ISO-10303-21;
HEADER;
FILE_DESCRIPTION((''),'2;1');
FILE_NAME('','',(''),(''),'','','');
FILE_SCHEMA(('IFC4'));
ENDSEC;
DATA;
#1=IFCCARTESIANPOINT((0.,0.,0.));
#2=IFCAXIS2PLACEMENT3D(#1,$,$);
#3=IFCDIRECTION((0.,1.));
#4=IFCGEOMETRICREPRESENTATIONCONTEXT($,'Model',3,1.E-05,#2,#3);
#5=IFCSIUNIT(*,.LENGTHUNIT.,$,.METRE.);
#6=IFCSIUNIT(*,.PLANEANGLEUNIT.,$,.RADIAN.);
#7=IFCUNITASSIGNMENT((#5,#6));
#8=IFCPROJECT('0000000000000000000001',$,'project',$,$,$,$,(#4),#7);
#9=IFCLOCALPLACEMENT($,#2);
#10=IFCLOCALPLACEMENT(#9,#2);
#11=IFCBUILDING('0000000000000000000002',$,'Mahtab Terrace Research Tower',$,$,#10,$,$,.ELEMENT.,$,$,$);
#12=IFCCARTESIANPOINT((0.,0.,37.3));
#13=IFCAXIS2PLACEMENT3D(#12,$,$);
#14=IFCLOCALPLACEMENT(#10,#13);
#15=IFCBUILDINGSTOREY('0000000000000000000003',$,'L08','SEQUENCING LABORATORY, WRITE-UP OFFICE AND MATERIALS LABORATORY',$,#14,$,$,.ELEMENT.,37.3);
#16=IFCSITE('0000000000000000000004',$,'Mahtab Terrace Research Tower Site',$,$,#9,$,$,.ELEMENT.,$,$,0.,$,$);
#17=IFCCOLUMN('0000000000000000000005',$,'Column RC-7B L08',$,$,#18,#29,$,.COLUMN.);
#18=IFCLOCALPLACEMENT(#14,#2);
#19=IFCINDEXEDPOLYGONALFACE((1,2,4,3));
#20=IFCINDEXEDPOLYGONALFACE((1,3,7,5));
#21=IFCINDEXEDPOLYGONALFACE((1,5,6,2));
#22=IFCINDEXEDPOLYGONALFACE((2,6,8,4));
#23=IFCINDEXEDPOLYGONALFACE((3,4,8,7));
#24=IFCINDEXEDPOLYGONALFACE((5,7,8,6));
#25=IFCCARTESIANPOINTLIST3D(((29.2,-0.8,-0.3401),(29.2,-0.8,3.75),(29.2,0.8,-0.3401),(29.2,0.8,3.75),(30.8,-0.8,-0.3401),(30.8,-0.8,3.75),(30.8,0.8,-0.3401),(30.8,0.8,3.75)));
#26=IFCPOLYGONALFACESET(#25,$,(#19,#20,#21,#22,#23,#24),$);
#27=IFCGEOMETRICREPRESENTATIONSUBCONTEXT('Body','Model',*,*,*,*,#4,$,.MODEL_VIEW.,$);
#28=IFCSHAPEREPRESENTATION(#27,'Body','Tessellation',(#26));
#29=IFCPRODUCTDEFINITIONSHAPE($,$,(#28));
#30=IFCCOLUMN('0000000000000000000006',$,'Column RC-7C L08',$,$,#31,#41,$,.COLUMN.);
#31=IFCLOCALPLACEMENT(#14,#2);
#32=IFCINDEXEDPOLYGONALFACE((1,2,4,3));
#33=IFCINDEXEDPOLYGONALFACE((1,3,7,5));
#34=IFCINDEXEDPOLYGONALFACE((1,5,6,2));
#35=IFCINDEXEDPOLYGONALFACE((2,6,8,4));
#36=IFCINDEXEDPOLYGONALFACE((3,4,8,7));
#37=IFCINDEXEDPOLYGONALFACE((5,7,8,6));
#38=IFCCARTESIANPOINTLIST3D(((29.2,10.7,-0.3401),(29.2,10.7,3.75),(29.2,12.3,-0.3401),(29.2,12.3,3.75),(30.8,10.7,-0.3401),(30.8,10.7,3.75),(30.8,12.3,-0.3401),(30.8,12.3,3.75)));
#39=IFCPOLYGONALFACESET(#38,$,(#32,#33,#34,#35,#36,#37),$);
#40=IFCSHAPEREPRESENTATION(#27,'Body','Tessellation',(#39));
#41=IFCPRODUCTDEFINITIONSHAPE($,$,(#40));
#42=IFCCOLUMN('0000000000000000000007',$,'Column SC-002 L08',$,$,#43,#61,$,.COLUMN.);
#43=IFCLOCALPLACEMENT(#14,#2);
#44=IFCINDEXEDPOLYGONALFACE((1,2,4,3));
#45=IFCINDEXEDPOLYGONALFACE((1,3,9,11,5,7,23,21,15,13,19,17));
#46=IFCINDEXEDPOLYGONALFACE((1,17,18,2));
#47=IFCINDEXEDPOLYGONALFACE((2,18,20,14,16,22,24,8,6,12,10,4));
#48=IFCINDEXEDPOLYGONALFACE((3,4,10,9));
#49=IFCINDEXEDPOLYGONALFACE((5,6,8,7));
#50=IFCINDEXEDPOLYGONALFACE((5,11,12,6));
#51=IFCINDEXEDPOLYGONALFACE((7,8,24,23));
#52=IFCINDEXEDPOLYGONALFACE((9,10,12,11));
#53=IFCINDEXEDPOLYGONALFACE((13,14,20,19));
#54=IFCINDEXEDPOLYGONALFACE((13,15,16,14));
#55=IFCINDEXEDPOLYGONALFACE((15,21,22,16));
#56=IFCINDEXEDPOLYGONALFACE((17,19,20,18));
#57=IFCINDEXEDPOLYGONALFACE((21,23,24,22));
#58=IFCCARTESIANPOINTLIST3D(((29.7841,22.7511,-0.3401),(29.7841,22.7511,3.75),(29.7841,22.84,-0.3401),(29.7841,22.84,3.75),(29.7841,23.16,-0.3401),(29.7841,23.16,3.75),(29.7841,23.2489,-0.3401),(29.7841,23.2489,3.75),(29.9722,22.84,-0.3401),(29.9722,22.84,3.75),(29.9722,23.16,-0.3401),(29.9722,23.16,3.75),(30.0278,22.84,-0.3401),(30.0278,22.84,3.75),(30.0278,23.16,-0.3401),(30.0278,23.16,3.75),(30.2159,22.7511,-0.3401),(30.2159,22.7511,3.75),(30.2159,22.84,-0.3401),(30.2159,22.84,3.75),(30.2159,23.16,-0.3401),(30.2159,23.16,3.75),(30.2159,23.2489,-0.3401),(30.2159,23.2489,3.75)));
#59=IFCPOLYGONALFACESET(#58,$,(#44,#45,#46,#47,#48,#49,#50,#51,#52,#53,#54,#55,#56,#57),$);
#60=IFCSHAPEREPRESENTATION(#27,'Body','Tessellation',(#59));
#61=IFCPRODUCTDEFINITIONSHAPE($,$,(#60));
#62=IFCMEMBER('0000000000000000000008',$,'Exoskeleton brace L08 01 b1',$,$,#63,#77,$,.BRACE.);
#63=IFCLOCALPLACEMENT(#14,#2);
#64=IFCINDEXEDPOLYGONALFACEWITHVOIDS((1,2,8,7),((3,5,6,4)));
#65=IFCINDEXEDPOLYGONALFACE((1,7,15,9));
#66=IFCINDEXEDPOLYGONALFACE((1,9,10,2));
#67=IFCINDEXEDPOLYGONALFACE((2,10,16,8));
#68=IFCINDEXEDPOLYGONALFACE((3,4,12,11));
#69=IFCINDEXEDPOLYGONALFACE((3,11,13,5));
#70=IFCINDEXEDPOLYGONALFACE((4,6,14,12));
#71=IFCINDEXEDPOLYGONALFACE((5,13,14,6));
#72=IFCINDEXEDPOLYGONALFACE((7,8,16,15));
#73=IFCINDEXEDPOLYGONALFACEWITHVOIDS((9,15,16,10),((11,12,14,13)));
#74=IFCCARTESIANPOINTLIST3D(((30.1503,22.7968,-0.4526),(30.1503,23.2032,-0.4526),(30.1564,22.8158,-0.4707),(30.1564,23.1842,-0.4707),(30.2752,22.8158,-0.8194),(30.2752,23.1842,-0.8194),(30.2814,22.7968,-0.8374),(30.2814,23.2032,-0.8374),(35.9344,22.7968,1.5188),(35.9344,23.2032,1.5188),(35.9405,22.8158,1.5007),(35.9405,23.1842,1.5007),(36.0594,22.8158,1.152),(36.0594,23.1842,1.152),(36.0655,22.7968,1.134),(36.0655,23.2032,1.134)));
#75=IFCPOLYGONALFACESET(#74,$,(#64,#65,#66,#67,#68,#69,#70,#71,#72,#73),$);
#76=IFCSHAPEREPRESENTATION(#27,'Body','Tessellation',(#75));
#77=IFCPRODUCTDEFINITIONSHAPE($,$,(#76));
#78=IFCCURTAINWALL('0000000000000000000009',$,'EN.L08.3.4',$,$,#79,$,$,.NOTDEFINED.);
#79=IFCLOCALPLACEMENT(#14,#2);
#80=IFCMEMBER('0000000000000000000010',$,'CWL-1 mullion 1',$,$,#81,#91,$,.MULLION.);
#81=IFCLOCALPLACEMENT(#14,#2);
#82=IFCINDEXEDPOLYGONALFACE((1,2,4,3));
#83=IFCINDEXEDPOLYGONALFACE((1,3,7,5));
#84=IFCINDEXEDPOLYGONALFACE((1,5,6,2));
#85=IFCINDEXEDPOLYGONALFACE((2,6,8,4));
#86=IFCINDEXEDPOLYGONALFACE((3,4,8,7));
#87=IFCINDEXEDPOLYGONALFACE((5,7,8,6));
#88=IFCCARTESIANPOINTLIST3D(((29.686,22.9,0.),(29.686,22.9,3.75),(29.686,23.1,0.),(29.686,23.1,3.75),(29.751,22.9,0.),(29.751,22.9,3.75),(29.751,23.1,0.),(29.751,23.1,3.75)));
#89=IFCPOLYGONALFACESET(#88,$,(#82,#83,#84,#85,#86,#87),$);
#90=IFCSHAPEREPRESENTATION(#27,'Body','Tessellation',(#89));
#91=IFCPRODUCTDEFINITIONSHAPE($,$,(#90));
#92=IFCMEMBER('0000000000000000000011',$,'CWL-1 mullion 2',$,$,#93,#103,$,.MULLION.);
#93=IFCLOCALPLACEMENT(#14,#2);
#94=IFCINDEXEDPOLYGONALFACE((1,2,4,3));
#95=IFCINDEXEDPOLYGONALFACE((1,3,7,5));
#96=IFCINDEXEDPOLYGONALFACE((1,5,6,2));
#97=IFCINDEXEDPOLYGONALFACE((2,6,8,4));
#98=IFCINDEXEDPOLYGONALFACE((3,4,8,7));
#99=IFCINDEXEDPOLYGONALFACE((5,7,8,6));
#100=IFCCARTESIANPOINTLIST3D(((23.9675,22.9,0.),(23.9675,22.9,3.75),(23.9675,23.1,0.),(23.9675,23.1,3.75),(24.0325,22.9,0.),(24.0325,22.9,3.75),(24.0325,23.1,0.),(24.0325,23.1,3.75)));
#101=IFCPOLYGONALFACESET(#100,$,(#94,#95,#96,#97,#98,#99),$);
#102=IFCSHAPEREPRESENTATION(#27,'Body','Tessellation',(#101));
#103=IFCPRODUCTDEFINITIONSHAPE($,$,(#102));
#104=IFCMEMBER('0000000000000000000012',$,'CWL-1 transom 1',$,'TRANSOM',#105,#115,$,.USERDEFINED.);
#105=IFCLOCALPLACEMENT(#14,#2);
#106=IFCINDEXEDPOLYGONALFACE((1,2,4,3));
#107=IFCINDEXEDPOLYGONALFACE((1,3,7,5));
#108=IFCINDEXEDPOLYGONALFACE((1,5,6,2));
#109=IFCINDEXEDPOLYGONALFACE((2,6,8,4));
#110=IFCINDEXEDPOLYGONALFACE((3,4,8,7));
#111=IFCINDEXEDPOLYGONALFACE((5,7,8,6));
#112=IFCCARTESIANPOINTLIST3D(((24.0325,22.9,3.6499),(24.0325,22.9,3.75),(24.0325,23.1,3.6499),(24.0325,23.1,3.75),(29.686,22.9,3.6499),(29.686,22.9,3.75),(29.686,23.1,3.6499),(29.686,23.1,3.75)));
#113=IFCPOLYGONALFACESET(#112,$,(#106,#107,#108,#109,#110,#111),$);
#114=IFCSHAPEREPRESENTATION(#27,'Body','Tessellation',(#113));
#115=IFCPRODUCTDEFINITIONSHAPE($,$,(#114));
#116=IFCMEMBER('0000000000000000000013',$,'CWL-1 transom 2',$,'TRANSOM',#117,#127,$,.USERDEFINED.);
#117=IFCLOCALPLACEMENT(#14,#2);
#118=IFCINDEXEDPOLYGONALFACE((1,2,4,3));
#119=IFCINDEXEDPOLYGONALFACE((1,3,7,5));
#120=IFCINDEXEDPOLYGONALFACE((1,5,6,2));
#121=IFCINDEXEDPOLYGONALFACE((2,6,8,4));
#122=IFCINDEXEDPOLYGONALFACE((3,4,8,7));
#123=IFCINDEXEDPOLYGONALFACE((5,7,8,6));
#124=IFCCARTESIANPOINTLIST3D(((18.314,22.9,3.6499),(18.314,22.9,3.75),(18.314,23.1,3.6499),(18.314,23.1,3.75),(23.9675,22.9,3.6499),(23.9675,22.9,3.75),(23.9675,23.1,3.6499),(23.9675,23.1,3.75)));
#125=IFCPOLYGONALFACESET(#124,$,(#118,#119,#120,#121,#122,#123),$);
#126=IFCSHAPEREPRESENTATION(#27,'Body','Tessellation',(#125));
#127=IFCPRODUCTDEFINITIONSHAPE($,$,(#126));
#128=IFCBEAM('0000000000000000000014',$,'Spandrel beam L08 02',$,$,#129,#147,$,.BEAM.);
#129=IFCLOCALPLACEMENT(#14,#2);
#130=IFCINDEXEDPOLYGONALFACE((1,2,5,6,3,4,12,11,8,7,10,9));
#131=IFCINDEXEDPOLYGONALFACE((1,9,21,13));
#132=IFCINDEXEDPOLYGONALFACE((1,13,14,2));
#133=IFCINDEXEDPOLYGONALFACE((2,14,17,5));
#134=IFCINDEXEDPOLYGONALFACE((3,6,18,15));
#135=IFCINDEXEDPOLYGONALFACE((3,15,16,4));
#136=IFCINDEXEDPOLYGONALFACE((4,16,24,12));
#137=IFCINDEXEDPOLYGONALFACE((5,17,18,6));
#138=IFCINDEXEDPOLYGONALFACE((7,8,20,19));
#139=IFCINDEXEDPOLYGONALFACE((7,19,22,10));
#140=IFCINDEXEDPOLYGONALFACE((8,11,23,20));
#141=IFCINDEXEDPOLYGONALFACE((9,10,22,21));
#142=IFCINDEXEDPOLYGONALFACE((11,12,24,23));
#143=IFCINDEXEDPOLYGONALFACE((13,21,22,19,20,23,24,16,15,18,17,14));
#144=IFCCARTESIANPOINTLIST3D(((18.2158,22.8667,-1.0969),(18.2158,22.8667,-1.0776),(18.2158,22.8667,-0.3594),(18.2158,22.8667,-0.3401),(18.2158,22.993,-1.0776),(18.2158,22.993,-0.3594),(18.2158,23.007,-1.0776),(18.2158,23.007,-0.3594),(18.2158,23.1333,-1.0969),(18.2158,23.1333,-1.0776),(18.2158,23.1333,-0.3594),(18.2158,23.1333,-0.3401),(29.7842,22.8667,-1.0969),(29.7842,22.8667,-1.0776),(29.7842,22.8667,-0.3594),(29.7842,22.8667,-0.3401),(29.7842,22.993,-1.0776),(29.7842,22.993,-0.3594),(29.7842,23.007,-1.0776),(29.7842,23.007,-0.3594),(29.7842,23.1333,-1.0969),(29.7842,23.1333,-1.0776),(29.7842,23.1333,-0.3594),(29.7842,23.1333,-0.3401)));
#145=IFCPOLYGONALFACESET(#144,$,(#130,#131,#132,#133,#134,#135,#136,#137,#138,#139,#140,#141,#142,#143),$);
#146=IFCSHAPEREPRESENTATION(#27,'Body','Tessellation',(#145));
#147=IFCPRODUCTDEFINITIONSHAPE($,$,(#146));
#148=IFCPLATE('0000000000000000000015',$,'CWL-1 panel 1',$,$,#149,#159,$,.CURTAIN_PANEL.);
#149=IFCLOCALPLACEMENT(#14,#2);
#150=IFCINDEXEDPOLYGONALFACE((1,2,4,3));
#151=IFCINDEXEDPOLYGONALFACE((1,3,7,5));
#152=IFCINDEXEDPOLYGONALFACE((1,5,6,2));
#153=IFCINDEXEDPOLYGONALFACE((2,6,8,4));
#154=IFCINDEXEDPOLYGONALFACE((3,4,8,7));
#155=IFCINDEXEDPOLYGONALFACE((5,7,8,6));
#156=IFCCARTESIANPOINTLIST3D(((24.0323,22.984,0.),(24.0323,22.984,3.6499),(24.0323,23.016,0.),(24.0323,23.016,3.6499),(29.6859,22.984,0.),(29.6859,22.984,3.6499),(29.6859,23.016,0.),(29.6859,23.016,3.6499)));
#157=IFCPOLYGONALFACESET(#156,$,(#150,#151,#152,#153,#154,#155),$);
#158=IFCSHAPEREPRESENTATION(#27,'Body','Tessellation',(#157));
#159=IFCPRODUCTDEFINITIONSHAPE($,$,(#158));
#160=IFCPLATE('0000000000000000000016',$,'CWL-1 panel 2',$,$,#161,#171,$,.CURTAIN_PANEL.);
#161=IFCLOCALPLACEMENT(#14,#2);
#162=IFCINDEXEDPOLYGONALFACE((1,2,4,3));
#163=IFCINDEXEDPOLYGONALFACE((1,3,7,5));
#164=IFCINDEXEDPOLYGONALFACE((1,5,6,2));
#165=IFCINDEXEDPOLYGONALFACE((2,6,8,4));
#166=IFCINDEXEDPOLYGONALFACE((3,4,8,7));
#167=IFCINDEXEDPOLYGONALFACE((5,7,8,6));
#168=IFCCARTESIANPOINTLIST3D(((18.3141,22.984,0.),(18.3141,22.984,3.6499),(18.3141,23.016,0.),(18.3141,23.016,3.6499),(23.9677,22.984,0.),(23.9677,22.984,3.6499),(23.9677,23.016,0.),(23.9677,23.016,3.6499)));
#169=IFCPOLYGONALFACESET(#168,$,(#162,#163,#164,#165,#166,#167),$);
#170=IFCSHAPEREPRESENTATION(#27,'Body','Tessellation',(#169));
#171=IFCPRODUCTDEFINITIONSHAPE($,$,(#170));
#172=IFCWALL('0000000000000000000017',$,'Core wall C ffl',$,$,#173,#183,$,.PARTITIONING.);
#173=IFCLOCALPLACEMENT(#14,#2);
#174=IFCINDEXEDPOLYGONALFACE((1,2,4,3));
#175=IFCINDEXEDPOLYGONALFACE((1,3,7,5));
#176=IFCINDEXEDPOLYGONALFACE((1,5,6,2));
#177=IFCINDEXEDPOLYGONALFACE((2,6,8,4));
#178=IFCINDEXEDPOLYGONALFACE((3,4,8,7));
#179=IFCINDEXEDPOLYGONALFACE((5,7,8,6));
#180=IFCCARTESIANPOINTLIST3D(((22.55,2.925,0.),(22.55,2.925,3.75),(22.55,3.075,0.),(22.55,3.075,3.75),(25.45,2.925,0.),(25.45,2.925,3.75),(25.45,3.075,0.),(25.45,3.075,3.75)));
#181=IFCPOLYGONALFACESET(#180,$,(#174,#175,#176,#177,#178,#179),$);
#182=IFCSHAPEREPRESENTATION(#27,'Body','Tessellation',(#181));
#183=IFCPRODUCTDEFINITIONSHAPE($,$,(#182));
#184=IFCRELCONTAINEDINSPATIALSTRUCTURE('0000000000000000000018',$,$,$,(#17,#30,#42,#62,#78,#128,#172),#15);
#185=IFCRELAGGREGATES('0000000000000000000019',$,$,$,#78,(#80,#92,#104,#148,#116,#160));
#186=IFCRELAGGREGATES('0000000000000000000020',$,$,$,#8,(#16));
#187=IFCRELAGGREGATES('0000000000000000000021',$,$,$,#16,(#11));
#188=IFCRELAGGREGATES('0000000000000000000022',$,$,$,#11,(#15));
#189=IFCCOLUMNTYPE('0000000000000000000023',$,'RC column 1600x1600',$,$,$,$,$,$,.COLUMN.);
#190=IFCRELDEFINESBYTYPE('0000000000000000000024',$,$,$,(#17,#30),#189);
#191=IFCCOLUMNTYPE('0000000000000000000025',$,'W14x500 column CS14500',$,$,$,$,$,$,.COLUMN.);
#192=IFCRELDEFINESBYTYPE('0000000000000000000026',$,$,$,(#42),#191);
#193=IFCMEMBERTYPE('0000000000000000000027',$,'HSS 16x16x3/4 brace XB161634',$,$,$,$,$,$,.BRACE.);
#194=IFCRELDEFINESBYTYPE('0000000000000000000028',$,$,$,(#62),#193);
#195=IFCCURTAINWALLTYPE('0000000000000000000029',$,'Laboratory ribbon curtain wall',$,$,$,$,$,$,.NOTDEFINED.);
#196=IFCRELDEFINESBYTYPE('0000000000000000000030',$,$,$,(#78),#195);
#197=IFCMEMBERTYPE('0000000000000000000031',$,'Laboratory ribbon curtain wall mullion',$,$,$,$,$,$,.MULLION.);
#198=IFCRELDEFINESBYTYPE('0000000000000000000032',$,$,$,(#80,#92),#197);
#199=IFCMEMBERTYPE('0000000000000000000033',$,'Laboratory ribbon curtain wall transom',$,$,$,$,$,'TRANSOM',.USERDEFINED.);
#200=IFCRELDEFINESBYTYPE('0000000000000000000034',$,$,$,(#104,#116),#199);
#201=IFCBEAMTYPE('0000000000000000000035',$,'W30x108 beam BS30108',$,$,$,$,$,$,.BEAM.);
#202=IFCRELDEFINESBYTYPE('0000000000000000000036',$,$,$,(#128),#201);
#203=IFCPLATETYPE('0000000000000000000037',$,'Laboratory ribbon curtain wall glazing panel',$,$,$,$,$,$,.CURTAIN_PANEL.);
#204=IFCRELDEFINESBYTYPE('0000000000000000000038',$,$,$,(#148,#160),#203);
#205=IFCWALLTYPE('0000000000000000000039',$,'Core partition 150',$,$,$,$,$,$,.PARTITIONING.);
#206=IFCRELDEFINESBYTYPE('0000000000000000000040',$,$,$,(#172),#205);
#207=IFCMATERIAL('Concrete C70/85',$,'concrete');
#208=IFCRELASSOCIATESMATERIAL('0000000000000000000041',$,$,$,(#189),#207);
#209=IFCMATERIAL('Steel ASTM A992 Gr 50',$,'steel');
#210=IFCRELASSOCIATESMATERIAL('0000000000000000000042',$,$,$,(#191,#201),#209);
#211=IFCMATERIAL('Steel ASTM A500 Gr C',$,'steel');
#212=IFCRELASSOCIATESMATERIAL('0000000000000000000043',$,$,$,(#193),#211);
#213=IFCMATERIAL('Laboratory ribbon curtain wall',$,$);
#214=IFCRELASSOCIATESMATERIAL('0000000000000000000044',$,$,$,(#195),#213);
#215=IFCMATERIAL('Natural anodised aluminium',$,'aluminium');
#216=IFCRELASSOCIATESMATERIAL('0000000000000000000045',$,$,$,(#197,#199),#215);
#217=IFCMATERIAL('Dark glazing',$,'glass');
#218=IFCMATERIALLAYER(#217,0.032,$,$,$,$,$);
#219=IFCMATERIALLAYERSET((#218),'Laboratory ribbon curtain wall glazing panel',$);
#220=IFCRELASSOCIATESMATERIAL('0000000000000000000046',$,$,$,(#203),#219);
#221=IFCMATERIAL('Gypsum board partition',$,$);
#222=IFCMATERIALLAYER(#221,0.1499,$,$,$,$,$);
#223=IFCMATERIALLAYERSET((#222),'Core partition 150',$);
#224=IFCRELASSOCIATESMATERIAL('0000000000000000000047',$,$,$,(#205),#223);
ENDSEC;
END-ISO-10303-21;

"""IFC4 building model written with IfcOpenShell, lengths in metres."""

from ifc_helpers import new_model, si_unit, direction, frame, frame_2d, origin, origin_2d, place, context, subcontext, project, spatial, rectangle, hollow_rectangle, i_section, extrude, material, layer, layer_set, material_profile, profile_set, type_object, element, aggregate, save


model = new_model("IFC4")

# Units and contexts
model_context = context("Model", 3, precision=1e-05, world=origin(), true_north=direction((0.0, 1.0)))
body_context = subcontext(model_context, "Body", "Model", "MODEL_VIEW")
ifc_project = project(units=[si_unit("LENGTHUNIT", "METRE"), si_unit("PLANEANGLEUNIT", "RADIAN")], contexts=[model_context])

# Site, building, storey
site_placement = place(None, origin())
site = spatial("IfcSite", under=ifc_project, at=site_placement, Name="Mahtab Terrace Research Tower Site", CompositionType="ELEMENT", RefElevation=0.0)
building_placement = place(site_placement, origin())
building = spatial("IfcBuilding", under=site, at=building_placement, Name="Mahtab Terrace Research Tower", CompositionType="ELEMENT")
storey_placement = place(building_placement, frame((0.0, 0.0, 37.3)))
storey = spatial("IfcBuildingStorey", under=building, at=storey_placement, Name="L08", Description="SEQUENCING LABORATORY, WRITE-UP OFFICE AND MATERIALS LABORATORY", CompositionType="ELEMENT", Elevation=37.3)

# Columns
ifc_material_1 = material(Name="Concrete C70/85", Category="concrete")
ifc_material_profile_1 = material_profile(ifc_material_1, rectangle(XDim=1.6001, YDim=1.6001, at=origin_2d()), Name="RC column 1600x1600")
ifc_profile_set_1 = profile_set([ifc_material_profile_1], Name="Concrete C70/85")
column_type_1 = type_object("IfcColumnType", Name="RC column 1600x1600", PredefinedType="COLUMN", material=ifc_profile_set_1)
for number, where, z_axis, x_axis, name in (
    (1, (30.0, 0.0, -0.3401), (0.0, 0.0, 1.0), (1.0, 0.0, 0.0), "Column RC-7B L08"),
    (2, (30.0, 11.5, -0.3401), (0.0, 0.0, 1.0), (1.0, 0.0, 0.0), "Column RC-7C L08"),
):
    element("IfcColumn", number, at=place(storey_placement, frame(where, z_axis=z_axis, x_axis=x_axis)), inside=storey, type_object=column_type_1, Name=name, PredefinedType="COLUMN", context=body_context, shape_type="SweptSolid", body=[
        extrude(rectangle(XDim=1.6001, YDim=1.6001, at=origin_2d()), origin(), (0.0, 0.0, 1.0), 4.0901),
    ])
ifc_material_2 = material(Name="Steel ASTM A992 Gr 50", Category="steel")
ifc_material_profile_2 = material_profile(ifc_material_2, i_section(OverallWidth=0.4319, OverallDepth=0.4978, WebThickness=0.0557, FlangeThickness=0.0889, at=origin_2d()), Name="W14X500")
ifc_profile_set_2 = profile_set([ifc_material_profile_2], Name="Steel ASTM A992 Gr 50")
column_type_2 = type_object("IfcColumnType", Name="W14x500 column CS14500", PredefinedType="COLUMN", material=ifc_profile_set_2)
column_placement = place(storey_placement, frame((30.0, 23.0, -0.3401), z_axis=(0.0, 0.0, 1.0), x_axis=(1.0, 0.0, 0.0)))
element("IfcColumn", 3, at=column_placement, inside=storey, type_object=column_type_2, Name="Column SC-002 L08", PredefinedType="COLUMN", context=body_context, shape_type="SweptSolid", body=[
    extrude(i_section(OverallWidth=0.4319, OverallDepth=0.4978, WebThickness=0.0557, FlangeThickness=0.0889, at=origin_2d()), origin(), (0.0, 0.0, 1.0), 4.0901),
])

# Member
ifc_material_3 = material(Name="Steel ASTM A500 Gr C", Category="steel")
ifc_material_profile_3 = material_profile(ifc_material_3, hollow_rectangle(XDim=0.4065, YDim=0.4065, WallThickness=0.019, at=origin_2d()), Name="HSS16X16X3/4")
ifc_profile_set_3 = profile_set([ifc_material_profile_3], Name="Steel ASTM A500 Gr C")
member_type_1 = type_object("IfcMemberType", Name="HSS 16x16x3/4 brace XB161634", PredefinedType="BRACE", material=ifc_profile_set_3)
member_1_placement = place(storey_placement, frame((30.2158, 23.0, -0.645), z_axis=(0.946532, 0.0, 0.322609), x_axis=(0.0, 1.0, 0.0)))
element("IfcMember", 4, at=member_1_placement, inside=storey, type_object=member_type_1, Name="Exoskeleton brace L08 01 b1", PredefinedType="BRACE", context=body_context, shape_type="SweptSolid", body=[
    extrude(hollow_rectangle(XDim=0.4065, YDim=0.4065, WallThickness=0.019, at=origin_2d()), origin(), (0.0, 0.0, 1.0), 6.1108),
])

# Curtain wall, members
ifc_material_4 = material(Name="Laboratory ribbon curtain wall")
curtain_wall_type = type_object("IfcCurtainWallType", Name="Laboratory ribbon curtain wall", PredefinedType="NOTDEFINED", material=ifc_material_4)
curtain_wall_placement = place(storey_placement, origin())
curtain_wall = element("IfcCurtainWall", 5, at=curtain_wall_placement, inside=storey, type_object=curtain_wall_type, Name="EN.L08.3.4", PredefinedType="NOTDEFINED")
ifc_material_5 = material(Name="Natural anodised aluminium", Category="aluminium")
ifc_material_profile_4 = material_profile(ifc_material_5, rectangle(XDim=0.2, YDim=0.0649, at=origin_2d()), Name="MULLION 65x200")
ifc_profile_set_4 = profile_set([ifc_material_profile_4], Name="Natural anodised aluminium")
member_type_2 = type_object("IfcMemberType", Name="Laboratory ribbon curtain wall mullion", PredefinedType="MULLION", material=ifc_profile_set_4)
member_2_placement = place(storey_placement, frame((29.7185, 23.0, 0.0), z_axis=(0.0, 0.0, 1.0), x_axis=(0.0, -1.0, 0.0)))
member_2 = element("IfcMember", 6, at=member_2_placement, type_object=member_type_2, Name="CWL-1 mullion 1", PredefinedType="MULLION", context=body_context, shape_type="SweptSolid", body=[
    extrude(rectangle(XDim=0.2, YDim=0.0649, at=origin_2d()), origin(), (0.0, 0.0, 1.0), 3.75),
])
member_3_placement = place(storey_placement, frame((24.0, 23.0, 0.0), z_axis=(0.0, 0.0, 1.0), x_axis=(0.0, -1.0, 0.0)))
member_3 = element("IfcMember", 7, at=member_3_placement, type_object=member_type_2, Name="CWL-1 mullion 2", PredefinedType="MULLION", context=body_context, shape_type="SweptSolid", body=[
    extrude(rectangle(XDim=0.2, YDim=0.0649, at=origin_2d()), origin(), (0.0, 0.0, 1.0), 3.75),
])
ifc_material_profile_5 = material_profile(ifc_material_5, rectangle(XDim=0.2, YDim=0.1001, at=origin_2d()), Name="TRANSOM 100x200")
ifc_profile_set_5 = profile_set([ifc_material_profile_5], Name="Natural anodised aluminium")
member_type_3 = type_object("IfcMemberType", Name="Laboratory ribbon curtain wall transom", ElementType="TRANSOM", PredefinedType="USERDEFINED", material=ifc_profile_set_5)
member_4_placement = place(storey_placement, frame((29.686, 23.0, 3.7), z_axis=(-1.0, 0.0, 0.0), x_axis=(0.0, -1.0, 0.0)))
member_4 = element("IfcMember", 8, at=member_4_placement, type_object=member_type_3, Name="CWL-1 transom 1", ObjectType="TRANSOM", PredefinedType="USERDEFINED", context=body_context, shape_type="SweptSolid", body=[
    extrude(rectangle(XDim=0.2, YDim=0.1001, at=origin_2d()), origin(), (0.0, 0.0, 1.0), 5.6536),
])
member_5_placement = place(storey_placement, frame((23.9675, 23.0, 3.7), z_axis=(-1.0, 0.0, 0.0), x_axis=(0.0, -1.0, 0.0)))
member_5 = element("IfcMember", 9, at=member_5_placement, type_object=member_type_3, Name="CWL-1 transom 2", ObjectType="TRANSOM", PredefinedType="USERDEFINED", context=body_context, shape_type="SweptSolid", body=[
    extrude(rectangle(XDim=0.2, YDim=0.1001, at=origin_2d()), origin(), (0.0, 0.0, 1.0), 5.6536),
])

# Beam
ifc_material_profile_6 = material_profile(ifc_material_2, i_section(OverallWidth=0.2666, OverallDepth=0.7568, WebThickness=0.0139, FlangeThickness=0.0193, at=origin_2d()), Name="W30X108")
ifc_profile_set_6 = profile_set([ifc_material_profile_6], Name="Steel ASTM A992 Gr 50")
beam_type = type_object("IfcBeamType", Name="W30x108 beam BS30108", PredefinedType="BEAM", material=ifc_profile_set_6)
beam_placement = place(storey_placement, frame((29.7842, 23.0, -0.7185), z_axis=(-1.0, 0.0, 0.0), x_axis=(0.0, -1.0, 0.0)))
element("IfcBeam", 10, at=beam_placement, inside=storey, type_object=beam_type, Name="Spandrel beam L08 02", PredefinedType="BEAM", context=body_context, shape_type="SweptSolid", body=[
    extrude(i_section(OverallWidth=0.2666, OverallDepth=0.7568, WebThickness=0.0139, FlangeThickness=0.0193, at=origin_2d()), origin(), (0.0, 0.0, 1.0), 11.5684),
])

# Plates
ifc_material_6 = material(Name="Dark glazing", Category="glass")
ifc_layer_1 = layer(ifc_material_6, 0.032)
ifc_layer_set_1 = layer_set([ifc_layer_1], Name="Laboratory ribbon curtain wall glazing panel")
plate_type = type_object("IfcPlateType", Name="Laboratory ribbon curtain wall glazing panel", PredefinedType="CURTAIN_PANEL", material=ifc_layer_set_1)
plate_1_placement = place(storey_placement, frame((26.8591, 23.0, 0.0), z_axis=(0.0, 0.0, 1.0), x_axis=(-1.0, 0.0, 0.0)))
plate_1 = element("IfcPlate", 11, at=plate_1_placement, type_object=plate_type, Name="CWL-1 panel 1", PredefinedType="CURTAIN_PANEL", context=body_context, shape_type="SweptSolid", body=[
    extrude(rectangle(XDim=5.6536, YDim=0.032, at=origin_2d()), origin(), (0.0, 0.0, 1.0), 3.6499),
])
plate_2_placement = place(storey_placement, frame((21.1409, 23.0, 0.0), z_axis=(0.0, 0.0, 1.0), x_axis=(-1.0, 0.0, 0.0)))
plate_2 = element("IfcPlate", 12, at=plate_2_placement, type_object=plate_type, Name="CWL-1 panel 2", PredefinedType="CURTAIN_PANEL", context=body_context, shape_type="SweptSolid", body=[
    extrude(rectangle(XDim=5.6536, YDim=0.032, at=origin_2d()), origin(), (0.0, 0.0, 1.0), 3.6499),
])
aggregate(curtain_wall, [member_2, member_3, member_4, plate_1, member_5, plate_2])

# Wall
ifc_material_7 = material(Name="Gypsum board partition")
ifc_layer_2 = layer(ifc_material_7, 0.1499)
ifc_layer_set_2 = layer_set([ifc_layer_2], Name="Core partition 150")
wall_type_1 = type_object("IfcWallType", Name="Core partition 150", PredefinedType="PARTITIONING", material=ifc_layer_set_2)
wall_1_placement = place(storey_placement, frame((22.55, 3.0, 0.0), z_axis=(0.0, 0.0, 1.0), x_axis=(1.0, 0.0, 0.0)))
element("IfcWall", 13, at=wall_1_placement, inside=storey, type_object=wall_type_1, Name="Core wall C ffl", PredefinedType="PARTITIONING", context=body_context, shape_type="SweptSolid", body=[
    extrude(rectangle(XDim=2.8999, YDim=0.1499, at=frame_2d((1.45, 0.0))), origin(), (0.0, 0.0, 1.0), 3.75),
])

save(model, "model.ifc")
